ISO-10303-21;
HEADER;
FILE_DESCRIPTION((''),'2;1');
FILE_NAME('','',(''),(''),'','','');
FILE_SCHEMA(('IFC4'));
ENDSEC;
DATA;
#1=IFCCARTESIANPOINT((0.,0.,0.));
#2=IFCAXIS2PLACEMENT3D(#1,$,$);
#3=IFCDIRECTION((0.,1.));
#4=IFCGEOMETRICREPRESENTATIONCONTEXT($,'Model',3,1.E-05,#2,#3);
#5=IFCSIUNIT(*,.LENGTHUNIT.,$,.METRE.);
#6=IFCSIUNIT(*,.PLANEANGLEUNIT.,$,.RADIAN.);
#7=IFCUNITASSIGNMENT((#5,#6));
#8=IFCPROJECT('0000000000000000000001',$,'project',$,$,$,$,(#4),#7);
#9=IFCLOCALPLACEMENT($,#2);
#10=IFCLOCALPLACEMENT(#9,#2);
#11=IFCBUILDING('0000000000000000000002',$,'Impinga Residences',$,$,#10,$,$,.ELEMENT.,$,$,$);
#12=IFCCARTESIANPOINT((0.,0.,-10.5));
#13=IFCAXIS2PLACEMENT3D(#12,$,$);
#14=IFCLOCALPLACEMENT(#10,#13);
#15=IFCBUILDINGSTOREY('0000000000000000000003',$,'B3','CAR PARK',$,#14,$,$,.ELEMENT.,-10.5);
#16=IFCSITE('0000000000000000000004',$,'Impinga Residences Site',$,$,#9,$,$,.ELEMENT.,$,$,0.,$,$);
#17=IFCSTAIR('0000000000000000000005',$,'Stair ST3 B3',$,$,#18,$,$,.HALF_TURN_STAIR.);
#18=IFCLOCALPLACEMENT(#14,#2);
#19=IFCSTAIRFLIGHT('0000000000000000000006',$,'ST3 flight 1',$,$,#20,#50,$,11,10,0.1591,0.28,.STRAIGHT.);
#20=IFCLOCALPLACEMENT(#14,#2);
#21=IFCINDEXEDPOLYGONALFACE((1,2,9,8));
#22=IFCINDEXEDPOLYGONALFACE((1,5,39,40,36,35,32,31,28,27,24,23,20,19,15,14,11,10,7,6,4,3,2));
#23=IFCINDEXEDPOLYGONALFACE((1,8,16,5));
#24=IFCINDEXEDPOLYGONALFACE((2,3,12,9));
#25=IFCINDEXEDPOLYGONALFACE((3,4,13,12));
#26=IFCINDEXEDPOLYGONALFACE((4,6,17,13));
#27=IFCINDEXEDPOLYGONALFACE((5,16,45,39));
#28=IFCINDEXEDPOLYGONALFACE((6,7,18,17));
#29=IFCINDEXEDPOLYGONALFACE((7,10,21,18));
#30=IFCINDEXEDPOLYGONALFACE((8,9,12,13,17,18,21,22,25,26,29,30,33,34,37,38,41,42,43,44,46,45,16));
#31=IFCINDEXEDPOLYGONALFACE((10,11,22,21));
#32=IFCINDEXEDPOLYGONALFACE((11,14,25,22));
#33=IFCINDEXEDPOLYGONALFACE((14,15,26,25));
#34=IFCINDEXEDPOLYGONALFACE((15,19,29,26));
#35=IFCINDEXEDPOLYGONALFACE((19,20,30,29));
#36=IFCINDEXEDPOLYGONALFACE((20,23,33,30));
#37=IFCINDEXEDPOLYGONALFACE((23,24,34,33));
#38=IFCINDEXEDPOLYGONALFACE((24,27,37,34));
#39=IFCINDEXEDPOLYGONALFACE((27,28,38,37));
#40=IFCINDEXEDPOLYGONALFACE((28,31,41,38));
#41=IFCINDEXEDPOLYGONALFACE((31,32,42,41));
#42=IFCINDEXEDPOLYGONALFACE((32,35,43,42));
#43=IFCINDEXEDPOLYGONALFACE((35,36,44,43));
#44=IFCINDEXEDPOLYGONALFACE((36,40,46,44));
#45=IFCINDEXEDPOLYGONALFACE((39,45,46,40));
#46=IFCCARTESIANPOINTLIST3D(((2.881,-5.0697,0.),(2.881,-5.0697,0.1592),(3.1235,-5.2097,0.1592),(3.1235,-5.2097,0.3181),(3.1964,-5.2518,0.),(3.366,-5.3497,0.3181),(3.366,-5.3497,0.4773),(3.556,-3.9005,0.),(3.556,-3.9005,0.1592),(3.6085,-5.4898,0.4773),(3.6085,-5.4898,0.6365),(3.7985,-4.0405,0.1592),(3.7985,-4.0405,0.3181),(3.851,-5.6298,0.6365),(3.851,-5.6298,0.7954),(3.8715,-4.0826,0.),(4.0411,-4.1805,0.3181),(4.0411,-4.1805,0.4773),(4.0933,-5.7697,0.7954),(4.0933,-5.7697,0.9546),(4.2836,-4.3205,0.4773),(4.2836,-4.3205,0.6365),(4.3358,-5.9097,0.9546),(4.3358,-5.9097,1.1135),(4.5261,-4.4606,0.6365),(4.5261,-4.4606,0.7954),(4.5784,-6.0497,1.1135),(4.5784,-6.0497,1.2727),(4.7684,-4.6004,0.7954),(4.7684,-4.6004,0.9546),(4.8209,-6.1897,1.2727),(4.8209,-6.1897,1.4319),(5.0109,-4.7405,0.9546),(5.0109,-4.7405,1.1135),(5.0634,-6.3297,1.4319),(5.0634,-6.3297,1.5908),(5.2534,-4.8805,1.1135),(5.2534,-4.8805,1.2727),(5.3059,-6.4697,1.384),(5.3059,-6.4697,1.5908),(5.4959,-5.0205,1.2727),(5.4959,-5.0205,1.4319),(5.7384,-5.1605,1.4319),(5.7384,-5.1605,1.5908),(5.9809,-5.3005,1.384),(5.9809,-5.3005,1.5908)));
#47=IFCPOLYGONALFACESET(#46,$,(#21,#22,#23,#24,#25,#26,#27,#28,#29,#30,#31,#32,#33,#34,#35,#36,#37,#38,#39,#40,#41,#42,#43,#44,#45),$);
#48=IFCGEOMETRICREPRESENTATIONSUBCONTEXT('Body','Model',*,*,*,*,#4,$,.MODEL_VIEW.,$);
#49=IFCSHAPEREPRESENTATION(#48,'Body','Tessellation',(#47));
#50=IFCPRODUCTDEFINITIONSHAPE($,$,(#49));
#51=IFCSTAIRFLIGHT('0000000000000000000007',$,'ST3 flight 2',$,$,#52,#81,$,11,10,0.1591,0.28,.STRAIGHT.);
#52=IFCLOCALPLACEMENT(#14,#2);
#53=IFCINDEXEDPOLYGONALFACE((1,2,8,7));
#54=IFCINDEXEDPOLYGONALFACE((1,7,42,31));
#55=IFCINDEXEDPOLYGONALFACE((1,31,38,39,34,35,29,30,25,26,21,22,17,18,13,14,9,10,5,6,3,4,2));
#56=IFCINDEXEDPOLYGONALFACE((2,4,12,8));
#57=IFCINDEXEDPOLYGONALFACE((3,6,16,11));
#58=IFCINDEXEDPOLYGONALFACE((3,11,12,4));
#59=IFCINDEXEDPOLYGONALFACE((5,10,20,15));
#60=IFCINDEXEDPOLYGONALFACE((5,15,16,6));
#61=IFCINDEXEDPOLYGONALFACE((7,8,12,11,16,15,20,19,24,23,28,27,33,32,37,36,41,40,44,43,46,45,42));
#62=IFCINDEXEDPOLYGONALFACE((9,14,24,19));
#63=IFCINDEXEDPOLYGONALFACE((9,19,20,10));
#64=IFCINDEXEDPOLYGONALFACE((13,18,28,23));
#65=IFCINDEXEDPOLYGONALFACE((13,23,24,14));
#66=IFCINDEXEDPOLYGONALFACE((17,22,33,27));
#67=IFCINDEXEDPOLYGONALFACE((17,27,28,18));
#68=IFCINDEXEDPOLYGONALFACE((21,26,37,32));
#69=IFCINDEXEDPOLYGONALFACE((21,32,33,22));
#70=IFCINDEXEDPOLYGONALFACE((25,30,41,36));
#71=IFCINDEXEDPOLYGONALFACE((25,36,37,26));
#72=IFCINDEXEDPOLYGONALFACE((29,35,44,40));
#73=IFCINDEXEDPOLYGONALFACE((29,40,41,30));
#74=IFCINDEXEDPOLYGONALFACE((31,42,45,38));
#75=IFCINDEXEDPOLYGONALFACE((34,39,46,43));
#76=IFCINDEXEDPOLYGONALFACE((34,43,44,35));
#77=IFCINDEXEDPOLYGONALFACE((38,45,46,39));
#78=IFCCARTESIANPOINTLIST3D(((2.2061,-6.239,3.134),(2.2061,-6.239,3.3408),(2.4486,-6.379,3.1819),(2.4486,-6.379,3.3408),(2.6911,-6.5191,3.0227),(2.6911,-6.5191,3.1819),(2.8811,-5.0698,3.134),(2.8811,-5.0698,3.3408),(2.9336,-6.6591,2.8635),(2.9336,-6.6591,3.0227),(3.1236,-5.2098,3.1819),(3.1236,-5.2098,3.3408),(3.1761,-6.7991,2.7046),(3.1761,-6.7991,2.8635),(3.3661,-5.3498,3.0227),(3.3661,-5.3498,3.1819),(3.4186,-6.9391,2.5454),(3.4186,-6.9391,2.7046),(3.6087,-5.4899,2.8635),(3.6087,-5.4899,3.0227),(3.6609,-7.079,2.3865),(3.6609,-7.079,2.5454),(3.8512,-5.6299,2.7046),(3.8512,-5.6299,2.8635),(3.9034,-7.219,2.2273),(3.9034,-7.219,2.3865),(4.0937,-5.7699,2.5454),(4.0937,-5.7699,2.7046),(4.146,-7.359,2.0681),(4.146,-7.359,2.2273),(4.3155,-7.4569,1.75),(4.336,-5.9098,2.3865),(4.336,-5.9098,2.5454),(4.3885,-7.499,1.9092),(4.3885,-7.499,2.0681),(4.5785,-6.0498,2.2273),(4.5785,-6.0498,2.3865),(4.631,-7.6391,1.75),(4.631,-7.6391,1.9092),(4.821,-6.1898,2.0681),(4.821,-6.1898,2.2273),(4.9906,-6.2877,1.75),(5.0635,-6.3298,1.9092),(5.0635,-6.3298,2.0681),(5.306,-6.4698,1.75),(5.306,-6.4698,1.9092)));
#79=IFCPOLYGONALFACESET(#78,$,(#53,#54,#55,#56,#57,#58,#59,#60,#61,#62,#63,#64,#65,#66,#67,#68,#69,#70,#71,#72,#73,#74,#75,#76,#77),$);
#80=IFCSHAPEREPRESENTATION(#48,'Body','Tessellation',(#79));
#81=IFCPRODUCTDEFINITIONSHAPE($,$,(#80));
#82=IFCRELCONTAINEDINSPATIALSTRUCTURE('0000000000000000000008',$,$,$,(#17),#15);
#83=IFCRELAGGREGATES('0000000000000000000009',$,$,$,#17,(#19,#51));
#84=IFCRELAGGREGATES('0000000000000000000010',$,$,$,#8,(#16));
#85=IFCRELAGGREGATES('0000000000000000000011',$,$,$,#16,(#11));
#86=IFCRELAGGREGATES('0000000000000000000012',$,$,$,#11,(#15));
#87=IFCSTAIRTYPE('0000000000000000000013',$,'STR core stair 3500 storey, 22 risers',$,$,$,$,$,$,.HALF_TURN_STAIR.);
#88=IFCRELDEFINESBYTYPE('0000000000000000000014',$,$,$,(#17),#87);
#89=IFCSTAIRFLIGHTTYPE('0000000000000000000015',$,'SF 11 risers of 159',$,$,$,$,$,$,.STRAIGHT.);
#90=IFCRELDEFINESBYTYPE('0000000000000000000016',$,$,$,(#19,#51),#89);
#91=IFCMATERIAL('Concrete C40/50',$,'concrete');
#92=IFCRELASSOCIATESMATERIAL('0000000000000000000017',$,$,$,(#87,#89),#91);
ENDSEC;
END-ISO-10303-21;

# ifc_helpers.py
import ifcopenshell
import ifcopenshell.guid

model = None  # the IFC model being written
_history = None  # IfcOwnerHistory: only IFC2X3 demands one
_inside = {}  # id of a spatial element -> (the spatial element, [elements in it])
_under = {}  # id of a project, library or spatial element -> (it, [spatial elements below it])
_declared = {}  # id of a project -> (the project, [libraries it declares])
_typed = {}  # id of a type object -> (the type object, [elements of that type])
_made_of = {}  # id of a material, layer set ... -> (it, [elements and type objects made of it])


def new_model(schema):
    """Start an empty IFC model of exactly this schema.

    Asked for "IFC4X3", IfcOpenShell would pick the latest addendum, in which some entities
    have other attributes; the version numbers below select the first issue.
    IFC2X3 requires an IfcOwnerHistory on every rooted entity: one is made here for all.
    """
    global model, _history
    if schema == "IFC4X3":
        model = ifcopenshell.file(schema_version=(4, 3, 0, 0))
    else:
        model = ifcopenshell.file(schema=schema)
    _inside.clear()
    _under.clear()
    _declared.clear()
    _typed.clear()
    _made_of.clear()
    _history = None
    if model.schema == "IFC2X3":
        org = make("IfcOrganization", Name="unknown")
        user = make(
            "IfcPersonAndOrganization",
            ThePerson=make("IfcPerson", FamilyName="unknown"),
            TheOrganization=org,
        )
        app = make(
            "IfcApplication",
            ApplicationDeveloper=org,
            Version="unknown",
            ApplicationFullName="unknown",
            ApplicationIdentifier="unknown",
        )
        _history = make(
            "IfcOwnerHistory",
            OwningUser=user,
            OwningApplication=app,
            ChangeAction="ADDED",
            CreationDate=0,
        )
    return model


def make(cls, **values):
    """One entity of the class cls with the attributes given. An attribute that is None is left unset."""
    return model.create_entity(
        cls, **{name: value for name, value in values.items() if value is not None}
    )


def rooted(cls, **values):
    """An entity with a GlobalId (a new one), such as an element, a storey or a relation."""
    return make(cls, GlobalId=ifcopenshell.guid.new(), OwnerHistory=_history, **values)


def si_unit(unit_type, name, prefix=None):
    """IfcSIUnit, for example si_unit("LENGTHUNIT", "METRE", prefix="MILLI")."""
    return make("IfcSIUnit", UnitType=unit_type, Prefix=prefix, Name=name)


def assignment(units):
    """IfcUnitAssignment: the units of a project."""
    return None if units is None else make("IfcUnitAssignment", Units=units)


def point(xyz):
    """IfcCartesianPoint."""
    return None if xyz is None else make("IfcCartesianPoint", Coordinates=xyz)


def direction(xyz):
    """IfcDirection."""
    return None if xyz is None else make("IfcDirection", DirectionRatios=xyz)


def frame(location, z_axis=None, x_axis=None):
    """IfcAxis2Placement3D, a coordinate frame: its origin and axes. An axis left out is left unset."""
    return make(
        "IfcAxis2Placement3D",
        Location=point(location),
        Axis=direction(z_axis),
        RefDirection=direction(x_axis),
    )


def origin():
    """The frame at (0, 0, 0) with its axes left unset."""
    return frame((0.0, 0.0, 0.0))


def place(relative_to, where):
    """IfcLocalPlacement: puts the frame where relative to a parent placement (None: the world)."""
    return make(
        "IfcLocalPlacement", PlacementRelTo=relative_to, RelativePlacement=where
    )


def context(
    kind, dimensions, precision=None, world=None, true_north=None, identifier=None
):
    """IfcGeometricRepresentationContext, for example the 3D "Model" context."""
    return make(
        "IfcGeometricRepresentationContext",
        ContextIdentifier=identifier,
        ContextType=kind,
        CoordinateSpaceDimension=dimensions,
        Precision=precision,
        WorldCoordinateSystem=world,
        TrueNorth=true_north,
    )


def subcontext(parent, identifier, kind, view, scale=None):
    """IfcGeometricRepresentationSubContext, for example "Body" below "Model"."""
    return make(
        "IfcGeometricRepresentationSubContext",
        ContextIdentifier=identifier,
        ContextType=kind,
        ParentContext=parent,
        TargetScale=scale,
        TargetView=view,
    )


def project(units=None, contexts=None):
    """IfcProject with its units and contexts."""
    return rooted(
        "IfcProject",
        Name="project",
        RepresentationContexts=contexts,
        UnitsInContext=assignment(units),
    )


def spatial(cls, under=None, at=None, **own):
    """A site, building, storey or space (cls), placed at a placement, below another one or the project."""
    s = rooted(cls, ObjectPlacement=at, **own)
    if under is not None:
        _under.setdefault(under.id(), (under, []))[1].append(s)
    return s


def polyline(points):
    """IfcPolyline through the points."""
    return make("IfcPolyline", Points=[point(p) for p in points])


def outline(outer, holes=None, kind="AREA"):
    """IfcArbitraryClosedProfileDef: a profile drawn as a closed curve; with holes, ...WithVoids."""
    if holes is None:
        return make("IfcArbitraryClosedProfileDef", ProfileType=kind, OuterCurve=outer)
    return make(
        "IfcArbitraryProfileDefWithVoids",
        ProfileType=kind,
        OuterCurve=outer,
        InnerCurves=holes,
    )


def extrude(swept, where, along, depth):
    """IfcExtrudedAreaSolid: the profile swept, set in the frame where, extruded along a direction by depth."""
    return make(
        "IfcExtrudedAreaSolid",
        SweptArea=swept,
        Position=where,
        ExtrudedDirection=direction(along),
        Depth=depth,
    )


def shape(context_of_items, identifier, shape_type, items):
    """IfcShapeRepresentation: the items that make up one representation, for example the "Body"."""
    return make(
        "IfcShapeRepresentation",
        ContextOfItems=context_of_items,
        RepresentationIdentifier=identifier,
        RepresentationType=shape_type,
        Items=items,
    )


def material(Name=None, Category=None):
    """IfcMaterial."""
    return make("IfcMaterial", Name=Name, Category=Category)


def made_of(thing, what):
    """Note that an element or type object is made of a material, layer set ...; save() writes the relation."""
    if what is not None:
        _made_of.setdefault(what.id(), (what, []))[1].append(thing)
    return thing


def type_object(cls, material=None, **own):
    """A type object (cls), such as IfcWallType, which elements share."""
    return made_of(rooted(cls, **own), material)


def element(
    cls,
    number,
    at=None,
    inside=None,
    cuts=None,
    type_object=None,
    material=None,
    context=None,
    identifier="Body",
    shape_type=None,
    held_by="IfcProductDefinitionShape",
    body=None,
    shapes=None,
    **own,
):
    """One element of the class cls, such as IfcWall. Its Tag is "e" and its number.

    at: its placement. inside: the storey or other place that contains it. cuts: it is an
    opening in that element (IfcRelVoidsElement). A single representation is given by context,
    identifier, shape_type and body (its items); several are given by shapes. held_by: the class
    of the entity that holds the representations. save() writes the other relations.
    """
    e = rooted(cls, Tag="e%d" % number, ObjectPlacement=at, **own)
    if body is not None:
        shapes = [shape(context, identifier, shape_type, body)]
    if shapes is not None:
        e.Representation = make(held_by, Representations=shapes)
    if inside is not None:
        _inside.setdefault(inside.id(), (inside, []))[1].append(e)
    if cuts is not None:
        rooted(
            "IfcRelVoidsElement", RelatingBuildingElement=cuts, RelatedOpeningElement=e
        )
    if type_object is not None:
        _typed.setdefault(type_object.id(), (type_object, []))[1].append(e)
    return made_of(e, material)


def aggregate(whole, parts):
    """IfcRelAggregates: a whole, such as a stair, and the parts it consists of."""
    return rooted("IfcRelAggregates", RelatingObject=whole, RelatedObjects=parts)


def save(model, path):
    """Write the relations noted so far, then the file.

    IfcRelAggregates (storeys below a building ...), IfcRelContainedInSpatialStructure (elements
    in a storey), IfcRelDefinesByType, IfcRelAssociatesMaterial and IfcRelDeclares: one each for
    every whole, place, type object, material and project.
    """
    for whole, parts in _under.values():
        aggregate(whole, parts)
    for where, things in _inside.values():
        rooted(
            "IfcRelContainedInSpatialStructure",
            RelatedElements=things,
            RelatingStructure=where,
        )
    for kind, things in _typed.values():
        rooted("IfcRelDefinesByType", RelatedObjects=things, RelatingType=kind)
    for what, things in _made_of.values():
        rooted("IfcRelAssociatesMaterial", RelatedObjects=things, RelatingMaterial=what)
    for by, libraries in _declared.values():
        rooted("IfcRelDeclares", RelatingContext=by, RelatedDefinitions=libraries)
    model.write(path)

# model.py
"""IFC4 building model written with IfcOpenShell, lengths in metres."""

from ifc_helpers import new_model, si_unit, direction, frame, origin, place, context, subcontext, project, spatial, polyline, outline, extrude, material, type_object, element, aggregate, save


model = new_model("IFC4")

# Units and contexts
model_context = context("Model", 3, precision=1e-05, world=origin(), true_north=direction((0.0, 1.0)))
body_context = subcontext(model_context, "Body", "Model", "MODEL_VIEW")
ifc_project = project(units=[si_unit("LENGTHUNIT", "METRE"), si_unit("PLANEANGLEUNIT", "RADIAN")], contexts=[model_context])

# Site, building, storey
site_placement = place(None, origin())
site = spatial("IfcSite", under=ifc_project, at=site_placement, Name="Impinga Residences Site", CompositionType="ELEMENT", RefElevation=0.0)
building_placement = place(site_placement, origin())
building = spatial("IfcBuilding", under=site, at=building_placement, Name="Impinga Residences", CompositionType="ELEMENT")
storey_placement = place(building_placement, frame((0.0, 0.0, -10.5)))
storey = spatial("IfcBuildingStorey", under=building, at=storey_placement, Name="B3", Description="CAR PARK", CompositionType="ELEMENT", Elevation=-10.5)

# Stair, stair flights
ifc_material_1 = material(Name="Concrete C40/50", Category="concrete")
stair_type = type_object("IfcStairType", Name="STR core stair 3500 storey, 22 risers", PredefinedType="HALF_TURN_STAIR", material=ifc_material_1)
stair_placement = place(storey_placement, origin())
stair = element("IfcStair", 1, at=stair_placement, inside=storey, type_object=stair_type, Name="Stair ST3 B3", PredefinedType="HALF_TURN_STAIR")
stair_flight_type = type_object("IfcStairFlightType", Name="SF 11 risers of 159", PredefinedType="STRAIGHT", material=ifc_material_1)
stair_flight_1_placement = place(storey_placement, frame((3.2185, -4.4851, 0.0), z_axis=(0.0, 0.0, 1.0), x_axis=(0.866025, -0.5, 0.0)))
stair_flight_1 = element("IfcStairFlight", 2, at=stair_flight_1_placement, type_object=stair_flight_type, Name="ST3 flight 1", NumberOfRisers=11, NumberOfTreads=10, PredefinedType="STRAIGHT", RiserHeight=0.1591, TreadLength=0.28, context=body_context, shape_type="SweptSolid", body=[
    extrude(outline(polyline([(0.0, 0.0), (0.0, 0.1592), (0.28, 0.1592), (0.28, 0.3181), (0.5601, 0.3181), (0.5601, 0.4773), (0.8401, 0.4773), (0.8401, 0.6365), (1.1201, 0.6365), (1.1201, 0.7954), (1.3999, 0.7954), (1.3999, 0.9546), (1.6799, 0.9546), (1.6799, 1.1135), (1.96, 1.1135), (1.96, 1.2727), (2.24, 1.2727), (2.24, 1.4319), (2.52, 1.4319), (2.52, 1.5908), (2.8, 1.5908), (2.8, 1.75), (2.8, 1.384), (0.3643, 0.0), (0.0, 0.0)])), frame((0.0, 0.675, 0.0), z_axis=(0.0, -1.0, 0.0), x_axis=(1.0, 0.0, 0.0)), (0.0, 0.0, 1.0), 1.3501),
])
stair_flight_2_placement = place(storey_placement, frame((4.9685, -7.0544, 1.75), z_axis=(0.0, 0.0, 1.0), x_axis=(-0.866025, 0.5, 0.0)))
stair_flight_2 = element("IfcStairFlight", 3, at=stair_flight_2_placement, type_object=stair_flight_type, Name="ST3 flight 2", NumberOfRisers=11, NumberOfTreads=10, PredefinedType="STRAIGHT", RiserHeight=0.1591, TreadLength=0.28, context=body_context, shape_type="SweptSolid", body=[
    extrude(outline(polyline([(0.0, 0.0), (0.0, 0.1592), (0.28, 0.1592), (0.28, 0.3181), (0.5601, 0.3181), (0.5601, 0.4773), (0.8401, 0.4773), (0.8401, 0.6365), (1.1201, 0.6365), (1.1201, 0.7954), (1.3999, 0.7954), (1.3999, 0.9546), (1.6799, 0.9546), (1.6799, 1.1135), (1.96, 1.1135), (1.96, 1.2727), (2.24, 1.2727), (2.24, 1.4319), (2.52, 1.4319), (2.52, 1.5908), (2.8, 1.5908), (2.8, 1.75), (2.8, 1.384), (0.3643, 0.0), (0.0, 0.0)])), frame((0.0, 0.675, 0.0), z_axis=(0.0, -1.0, 0.0), x_axis=(1.0, 0.0, 0.0)), (0.0, 0.0, 1.0), 1.3501),
])
aggregate(stair, [stair_flight_1, stair_flight_2])

save(model, "model.ifc")
